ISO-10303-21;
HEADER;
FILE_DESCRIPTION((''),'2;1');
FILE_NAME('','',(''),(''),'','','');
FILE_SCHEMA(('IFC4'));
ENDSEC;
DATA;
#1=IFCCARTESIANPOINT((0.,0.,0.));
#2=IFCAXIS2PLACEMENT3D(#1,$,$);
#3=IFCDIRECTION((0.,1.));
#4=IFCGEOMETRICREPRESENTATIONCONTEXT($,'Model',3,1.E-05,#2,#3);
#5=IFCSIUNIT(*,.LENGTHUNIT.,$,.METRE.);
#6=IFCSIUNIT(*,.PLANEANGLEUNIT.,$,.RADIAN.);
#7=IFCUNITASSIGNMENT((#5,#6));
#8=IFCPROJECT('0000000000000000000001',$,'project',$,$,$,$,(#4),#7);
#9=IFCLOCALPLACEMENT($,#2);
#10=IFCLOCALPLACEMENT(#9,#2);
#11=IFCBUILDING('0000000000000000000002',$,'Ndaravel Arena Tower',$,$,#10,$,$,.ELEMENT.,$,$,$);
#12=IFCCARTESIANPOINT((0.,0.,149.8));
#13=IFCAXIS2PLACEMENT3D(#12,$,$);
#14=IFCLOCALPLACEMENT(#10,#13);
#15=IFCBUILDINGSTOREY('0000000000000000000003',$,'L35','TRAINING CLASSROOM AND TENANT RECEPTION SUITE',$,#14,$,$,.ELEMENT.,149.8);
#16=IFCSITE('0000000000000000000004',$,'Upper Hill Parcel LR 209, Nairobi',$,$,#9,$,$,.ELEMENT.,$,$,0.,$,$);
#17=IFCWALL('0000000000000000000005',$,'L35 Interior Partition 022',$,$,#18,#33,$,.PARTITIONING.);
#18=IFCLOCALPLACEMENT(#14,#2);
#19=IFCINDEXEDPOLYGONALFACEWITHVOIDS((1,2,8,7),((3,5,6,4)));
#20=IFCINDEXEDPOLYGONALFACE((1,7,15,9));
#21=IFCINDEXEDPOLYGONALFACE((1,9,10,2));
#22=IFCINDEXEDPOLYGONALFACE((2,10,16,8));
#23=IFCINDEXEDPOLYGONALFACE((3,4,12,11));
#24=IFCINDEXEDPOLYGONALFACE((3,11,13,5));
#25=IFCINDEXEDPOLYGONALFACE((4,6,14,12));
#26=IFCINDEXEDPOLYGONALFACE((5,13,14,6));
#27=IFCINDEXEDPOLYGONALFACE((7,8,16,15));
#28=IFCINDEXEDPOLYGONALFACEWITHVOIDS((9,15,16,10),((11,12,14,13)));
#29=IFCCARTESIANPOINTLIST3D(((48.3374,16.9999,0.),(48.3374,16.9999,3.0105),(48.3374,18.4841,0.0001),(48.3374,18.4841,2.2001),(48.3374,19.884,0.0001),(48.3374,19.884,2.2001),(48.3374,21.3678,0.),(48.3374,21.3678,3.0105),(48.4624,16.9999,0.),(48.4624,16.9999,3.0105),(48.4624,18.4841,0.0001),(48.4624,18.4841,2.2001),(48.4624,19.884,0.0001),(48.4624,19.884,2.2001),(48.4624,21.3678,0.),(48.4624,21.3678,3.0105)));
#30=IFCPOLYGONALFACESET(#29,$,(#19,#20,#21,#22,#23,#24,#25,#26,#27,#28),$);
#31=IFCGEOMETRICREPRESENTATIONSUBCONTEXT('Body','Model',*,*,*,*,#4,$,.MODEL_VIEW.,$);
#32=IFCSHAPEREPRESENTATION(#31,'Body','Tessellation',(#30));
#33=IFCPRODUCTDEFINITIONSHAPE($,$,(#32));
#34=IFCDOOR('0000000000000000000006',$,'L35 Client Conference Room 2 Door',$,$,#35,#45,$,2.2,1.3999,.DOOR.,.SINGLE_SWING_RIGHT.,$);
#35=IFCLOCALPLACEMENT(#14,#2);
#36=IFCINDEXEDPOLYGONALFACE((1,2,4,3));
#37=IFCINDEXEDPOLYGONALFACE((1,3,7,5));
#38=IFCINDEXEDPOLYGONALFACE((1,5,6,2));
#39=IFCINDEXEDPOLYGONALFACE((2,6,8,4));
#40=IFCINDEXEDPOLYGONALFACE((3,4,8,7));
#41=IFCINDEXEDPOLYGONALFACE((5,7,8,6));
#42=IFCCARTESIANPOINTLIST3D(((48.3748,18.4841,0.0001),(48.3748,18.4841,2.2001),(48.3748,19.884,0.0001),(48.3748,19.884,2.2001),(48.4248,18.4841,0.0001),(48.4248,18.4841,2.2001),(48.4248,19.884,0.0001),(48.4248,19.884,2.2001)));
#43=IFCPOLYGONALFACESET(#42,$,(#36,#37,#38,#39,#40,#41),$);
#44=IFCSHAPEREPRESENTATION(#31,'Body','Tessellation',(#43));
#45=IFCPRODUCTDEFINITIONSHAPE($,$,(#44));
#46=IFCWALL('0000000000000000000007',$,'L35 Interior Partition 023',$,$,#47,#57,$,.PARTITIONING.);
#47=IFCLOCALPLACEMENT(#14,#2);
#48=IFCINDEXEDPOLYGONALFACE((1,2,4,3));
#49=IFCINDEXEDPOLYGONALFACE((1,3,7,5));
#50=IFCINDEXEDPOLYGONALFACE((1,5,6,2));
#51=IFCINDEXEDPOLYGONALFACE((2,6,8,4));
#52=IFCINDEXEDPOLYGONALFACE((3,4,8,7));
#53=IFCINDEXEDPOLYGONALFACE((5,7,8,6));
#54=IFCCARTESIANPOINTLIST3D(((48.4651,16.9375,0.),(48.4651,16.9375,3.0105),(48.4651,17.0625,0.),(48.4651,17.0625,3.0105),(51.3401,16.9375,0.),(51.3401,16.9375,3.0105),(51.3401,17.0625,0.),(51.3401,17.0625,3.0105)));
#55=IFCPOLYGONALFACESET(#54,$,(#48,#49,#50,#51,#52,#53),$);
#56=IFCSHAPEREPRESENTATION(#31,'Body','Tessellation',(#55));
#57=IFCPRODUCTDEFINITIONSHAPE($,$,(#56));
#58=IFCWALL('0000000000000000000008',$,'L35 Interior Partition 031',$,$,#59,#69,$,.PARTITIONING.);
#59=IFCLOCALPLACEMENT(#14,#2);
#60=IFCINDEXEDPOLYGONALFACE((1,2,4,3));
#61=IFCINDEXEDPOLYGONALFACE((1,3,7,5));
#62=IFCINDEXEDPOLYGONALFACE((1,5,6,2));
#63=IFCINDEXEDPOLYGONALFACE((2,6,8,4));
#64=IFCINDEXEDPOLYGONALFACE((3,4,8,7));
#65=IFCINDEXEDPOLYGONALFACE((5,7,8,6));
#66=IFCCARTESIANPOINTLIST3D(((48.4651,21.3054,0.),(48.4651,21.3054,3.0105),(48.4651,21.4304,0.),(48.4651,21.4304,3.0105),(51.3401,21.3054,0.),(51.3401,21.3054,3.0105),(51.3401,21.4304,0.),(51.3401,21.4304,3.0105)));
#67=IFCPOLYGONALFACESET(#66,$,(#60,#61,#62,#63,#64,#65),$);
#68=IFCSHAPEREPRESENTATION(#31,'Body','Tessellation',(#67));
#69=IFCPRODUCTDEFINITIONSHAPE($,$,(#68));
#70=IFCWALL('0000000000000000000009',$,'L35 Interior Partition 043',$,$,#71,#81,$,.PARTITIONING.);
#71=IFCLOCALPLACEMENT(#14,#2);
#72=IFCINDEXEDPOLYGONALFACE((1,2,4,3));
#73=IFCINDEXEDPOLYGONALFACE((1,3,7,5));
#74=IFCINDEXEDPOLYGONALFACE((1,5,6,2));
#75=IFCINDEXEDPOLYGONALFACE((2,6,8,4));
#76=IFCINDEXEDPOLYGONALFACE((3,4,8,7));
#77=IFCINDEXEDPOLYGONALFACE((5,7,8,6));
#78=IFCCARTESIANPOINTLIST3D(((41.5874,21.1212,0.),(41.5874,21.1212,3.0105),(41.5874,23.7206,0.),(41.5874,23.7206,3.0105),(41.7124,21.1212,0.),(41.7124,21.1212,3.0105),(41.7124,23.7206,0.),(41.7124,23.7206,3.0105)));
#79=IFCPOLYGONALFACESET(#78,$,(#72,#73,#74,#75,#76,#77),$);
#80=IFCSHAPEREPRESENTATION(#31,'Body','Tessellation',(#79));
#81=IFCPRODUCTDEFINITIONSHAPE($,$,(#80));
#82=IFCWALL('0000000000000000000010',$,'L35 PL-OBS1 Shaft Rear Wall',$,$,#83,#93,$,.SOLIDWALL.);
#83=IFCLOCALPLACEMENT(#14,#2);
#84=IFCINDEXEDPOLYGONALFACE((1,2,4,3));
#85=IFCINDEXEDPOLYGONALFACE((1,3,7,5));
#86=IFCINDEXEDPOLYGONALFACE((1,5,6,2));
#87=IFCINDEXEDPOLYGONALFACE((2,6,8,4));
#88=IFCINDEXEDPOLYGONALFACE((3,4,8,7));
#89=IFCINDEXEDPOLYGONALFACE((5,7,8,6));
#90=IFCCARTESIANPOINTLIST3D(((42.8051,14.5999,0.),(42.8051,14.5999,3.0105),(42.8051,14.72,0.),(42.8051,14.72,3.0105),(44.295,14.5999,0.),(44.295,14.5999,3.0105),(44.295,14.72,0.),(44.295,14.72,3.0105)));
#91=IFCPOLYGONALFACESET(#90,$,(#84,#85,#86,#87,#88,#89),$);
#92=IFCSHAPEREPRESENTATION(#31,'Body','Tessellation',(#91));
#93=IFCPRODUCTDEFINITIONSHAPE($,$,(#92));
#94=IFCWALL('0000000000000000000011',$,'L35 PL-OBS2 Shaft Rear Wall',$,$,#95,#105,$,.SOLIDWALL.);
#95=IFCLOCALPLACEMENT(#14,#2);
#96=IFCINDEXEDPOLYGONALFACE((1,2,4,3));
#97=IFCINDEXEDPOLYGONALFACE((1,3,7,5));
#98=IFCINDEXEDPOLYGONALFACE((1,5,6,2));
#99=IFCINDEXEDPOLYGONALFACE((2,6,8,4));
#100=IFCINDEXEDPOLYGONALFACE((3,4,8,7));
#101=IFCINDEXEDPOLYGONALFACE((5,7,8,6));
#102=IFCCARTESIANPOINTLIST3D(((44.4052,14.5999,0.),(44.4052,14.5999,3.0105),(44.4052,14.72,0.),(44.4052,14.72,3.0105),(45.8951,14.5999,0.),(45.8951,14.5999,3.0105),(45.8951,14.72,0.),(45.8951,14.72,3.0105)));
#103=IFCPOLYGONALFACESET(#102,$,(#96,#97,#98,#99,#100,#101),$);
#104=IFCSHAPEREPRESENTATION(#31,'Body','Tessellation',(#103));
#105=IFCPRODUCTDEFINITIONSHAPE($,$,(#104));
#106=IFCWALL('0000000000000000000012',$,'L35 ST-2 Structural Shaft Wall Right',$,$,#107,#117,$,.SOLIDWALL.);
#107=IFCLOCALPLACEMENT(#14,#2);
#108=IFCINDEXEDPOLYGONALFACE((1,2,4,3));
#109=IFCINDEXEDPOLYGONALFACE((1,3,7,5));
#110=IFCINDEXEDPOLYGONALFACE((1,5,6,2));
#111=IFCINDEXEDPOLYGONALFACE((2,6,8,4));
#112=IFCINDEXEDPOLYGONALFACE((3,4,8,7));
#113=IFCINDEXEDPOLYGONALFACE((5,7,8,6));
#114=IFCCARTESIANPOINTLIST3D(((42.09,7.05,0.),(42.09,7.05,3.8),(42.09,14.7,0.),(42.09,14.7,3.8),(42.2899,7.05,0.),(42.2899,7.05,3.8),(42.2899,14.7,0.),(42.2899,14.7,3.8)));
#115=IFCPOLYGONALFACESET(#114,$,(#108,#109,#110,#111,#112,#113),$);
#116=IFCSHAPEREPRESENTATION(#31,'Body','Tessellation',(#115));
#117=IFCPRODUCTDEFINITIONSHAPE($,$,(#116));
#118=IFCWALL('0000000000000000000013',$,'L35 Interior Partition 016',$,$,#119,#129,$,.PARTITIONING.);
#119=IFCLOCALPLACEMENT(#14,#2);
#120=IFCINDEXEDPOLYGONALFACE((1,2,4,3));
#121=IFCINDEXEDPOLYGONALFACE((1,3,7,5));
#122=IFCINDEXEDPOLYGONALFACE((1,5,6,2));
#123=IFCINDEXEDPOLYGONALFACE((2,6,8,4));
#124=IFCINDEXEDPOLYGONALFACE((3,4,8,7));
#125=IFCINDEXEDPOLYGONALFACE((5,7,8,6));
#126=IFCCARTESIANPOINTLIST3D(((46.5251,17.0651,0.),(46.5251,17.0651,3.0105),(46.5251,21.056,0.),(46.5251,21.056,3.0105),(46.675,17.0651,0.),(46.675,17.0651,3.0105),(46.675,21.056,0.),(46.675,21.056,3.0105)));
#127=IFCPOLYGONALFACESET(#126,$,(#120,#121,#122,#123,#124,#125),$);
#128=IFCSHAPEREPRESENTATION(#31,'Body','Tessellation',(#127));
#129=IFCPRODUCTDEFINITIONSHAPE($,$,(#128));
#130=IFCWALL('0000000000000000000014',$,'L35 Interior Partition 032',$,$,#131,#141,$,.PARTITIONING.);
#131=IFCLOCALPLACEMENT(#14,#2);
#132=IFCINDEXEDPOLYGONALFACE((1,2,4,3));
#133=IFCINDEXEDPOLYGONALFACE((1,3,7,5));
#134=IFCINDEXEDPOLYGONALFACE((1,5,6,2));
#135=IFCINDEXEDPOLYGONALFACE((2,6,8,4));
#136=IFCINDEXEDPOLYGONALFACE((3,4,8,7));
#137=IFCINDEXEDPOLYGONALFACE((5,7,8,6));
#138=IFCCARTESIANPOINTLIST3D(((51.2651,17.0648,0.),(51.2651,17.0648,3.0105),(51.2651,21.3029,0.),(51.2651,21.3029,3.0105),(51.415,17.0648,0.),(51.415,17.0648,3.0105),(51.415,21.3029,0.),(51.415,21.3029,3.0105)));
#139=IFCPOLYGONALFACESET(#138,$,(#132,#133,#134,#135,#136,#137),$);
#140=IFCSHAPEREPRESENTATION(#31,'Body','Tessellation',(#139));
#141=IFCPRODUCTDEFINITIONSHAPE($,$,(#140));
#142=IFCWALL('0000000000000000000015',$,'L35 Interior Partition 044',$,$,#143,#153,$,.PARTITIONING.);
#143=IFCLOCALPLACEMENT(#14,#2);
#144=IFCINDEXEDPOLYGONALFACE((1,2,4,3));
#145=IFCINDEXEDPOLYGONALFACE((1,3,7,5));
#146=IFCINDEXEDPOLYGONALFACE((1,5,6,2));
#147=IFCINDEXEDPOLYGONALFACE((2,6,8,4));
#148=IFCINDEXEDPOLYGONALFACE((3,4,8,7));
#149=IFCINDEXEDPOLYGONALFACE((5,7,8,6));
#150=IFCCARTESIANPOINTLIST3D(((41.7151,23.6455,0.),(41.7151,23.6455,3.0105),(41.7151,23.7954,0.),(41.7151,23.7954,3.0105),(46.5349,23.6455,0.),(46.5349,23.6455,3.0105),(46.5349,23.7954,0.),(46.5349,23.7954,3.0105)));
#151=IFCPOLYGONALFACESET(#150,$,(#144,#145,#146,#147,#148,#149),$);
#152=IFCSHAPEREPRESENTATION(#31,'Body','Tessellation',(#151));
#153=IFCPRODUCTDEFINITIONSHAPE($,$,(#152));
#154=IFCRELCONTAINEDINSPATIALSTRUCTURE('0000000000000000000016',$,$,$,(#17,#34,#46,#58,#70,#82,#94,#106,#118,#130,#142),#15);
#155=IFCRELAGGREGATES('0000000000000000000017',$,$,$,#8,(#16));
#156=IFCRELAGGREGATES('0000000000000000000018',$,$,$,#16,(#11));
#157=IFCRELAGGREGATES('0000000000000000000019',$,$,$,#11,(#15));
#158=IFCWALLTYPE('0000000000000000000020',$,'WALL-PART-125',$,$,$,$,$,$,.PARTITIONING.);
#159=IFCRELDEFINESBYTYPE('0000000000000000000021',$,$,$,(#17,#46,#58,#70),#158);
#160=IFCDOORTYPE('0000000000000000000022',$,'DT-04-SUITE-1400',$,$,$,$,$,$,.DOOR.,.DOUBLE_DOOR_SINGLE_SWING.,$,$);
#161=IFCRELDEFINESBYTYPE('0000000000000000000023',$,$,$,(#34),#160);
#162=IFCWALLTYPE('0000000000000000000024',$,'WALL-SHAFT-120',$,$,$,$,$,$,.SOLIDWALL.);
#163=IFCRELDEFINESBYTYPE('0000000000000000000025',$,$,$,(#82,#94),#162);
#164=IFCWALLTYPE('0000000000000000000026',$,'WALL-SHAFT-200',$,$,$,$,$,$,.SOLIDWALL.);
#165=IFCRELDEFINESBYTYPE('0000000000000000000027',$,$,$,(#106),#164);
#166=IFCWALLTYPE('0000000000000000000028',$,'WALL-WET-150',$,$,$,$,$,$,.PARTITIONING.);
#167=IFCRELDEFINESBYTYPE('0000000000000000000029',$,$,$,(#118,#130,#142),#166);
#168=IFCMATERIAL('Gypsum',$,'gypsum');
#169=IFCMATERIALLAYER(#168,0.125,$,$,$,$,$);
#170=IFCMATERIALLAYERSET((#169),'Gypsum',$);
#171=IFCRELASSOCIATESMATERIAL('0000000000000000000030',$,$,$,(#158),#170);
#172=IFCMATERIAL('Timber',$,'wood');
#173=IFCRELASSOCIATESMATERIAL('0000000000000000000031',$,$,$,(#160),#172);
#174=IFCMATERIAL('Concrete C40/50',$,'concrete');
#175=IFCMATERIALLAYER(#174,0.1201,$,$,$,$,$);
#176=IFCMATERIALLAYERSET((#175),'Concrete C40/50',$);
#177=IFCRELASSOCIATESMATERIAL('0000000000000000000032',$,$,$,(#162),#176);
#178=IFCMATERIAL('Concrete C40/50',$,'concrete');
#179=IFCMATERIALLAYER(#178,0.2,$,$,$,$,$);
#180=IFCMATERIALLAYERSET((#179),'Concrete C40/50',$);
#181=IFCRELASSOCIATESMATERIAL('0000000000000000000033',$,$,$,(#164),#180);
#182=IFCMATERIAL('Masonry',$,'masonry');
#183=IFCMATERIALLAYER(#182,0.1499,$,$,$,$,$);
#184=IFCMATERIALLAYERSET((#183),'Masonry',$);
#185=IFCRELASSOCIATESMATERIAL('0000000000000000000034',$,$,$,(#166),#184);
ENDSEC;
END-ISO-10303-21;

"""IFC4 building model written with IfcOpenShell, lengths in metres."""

from ifc_helpers import new_model, si_unit, direction, frame, frame_2d, origin, place, context, subcontext, project, spatial, rectangle, extrude, material, layer, layer_set, type_object, element, fill, save


model = new_model("IFC4")

# Units and contexts
model_context = context("Model", 3, precision=1e-05, world=origin(), true_north=direction((0.0, 1.0)))
body_context = subcontext(model_context, "Body", "Model", "MODEL_VIEW")
ifc_project = project(units=[si_unit("LENGTHUNIT", "METRE"), si_unit("PLANEANGLEUNIT", "RADIAN")], contexts=[model_context])

# Site, building, storey
site_placement = place(None, origin())
site = spatial("IfcSite", under=ifc_project, at=site_placement, Name="Upper Hill Parcel LR 209, Nairobi", CompositionType="ELEMENT", RefElevation=0.0)
building_placement = place(site_placement, origin())
building = spatial("IfcBuilding", under=site, at=building_placement, Name="Ndaravel Arena Tower", CompositionType="ELEMENT")
storey_placement = place(building_placement, frame((0.0, 0.0, 149.8)))
storey = spatial("IfcBuildingStorey", under=building, at=storey_placement, Name="L35", Description="TRAINING CLASSROOM AND TENANT RECEPTION SUITE", CompositionType="ELEMENT", Elevation=149.8)

# Wall, opening, door
ifc_material_1 = material(Name="Gypsum", Category="gypsum")
ifc_layer_1 = layer(ifc_material_1, 0.125)
ifc_layer_set_1 = layer_set([ifc_layer_1], Name="Gypsum")
wall_type_1 = type_object("IfcWallType", Name="WALL-PART-125", PredefinedType="PARTITIONING", material=ifc_layer_set_1)
wall_1_placement = place(storey_placement, frame((48.3999, 21.3679, 0.0), z_axis=(0.0, 0.0, 1.0), x_axis=(0.0, -1.0, 0.0)))
wall_1 = element("IfcWall", 1, at=wall_1_placement, inside=storey, type_object=wall_type_1, Name="L35 Interior Partition 022", PredefinedType="PARTITIONING", context=body_context, shape_type="SweptSolid", body=[
    extrude(rectangle(XDim=4.3679, YDim=0.125, at=frame_2d((2.1841, 0.0))), origin(), (0.0, 0.0, 1.0), 3.0105),
])
opening_1_placement = place(wall_1_placement, frame((1.4839, 0.0, 0.0)))
opening_1 = element("IfcOpeningElement", 2, at=opening_1_placement, cuts=wall_1, PredefinedType="OPENING", context=body_context, shape_type="SweptSolid", body=[
    extrude(rectangle(XDim=1.3999, YDim=2.2, at=frame_2d((0.7, 1.1001))), frame((0.0, 0.0625, 0.0), z_axis=(0.0, -1.0, 0.0), x_axis=(1.0, 0.0, 0.0)), (0.0, 0.0, 1.0), 0.125),
])
ifc_material_2 = material(Name="Timber", Category="wood")
door_type_1 = type_object("IfcDoorType", Name="DT-04-SUITE-1400", OperationType="DOUBLE_DOOR_SINGLE_SWING", PredefinedType="DOOR", material=ifc_material_2)
door_1_placement = place(opening_1_placement, origin())
door_1 = element("IfcDoor", 3, at=door_1_placement, inside=storey, type_object=door_type_1, Name="L35 Client Conference Room 2 Door", OperationType="SINGLE_SWING_RIGHT", OverallHeight=2.2, OverallWidth=1.3999, PredefinedType="DOOR", context=body_context, shape_type="SweptSolid", body=[
    extrude(rectangle(XDim=1.3999, YDim=2.2, at=frame_2d((0.7, 1.1001))), frame((0.0, 0.0249, 0.0), z_axis=(0.0, -1.0, 0.0), x_axis=(1.0, 0.0, 0.0)), (0.0, 0.0, 1.0), 0.05),
])
fill(opening_1, door_1)

# Walls
for number, where, z_axis, x_axis, name in (
    (4, (48.4651, 17.0, 0.0), (0.0, 0.0, 1.0), (1.0, 0.0, 0.0), "L35 Interior Partition 023"),
    (5, (48.4651, 21.3679, 0.0), (0.0, 0.0, 1.0), (1.0, 0.0, 0.0), "L35 Interior Partition 031"),
):
    element("IfcWall", number, at=place(storey_placement, frame(where, z_axis=z_axis, x_axis=x_axis)), inside=storey, type_object=wall_type_1, Name=name, PredefinedType="PARTITIONING", context=body_context, shape_type="SweptSolid", body=[
        extrude(rectangle(XDim=2.875, YDim=0.125, at=frame_2d((1.4375, 0.0))), origin(), (0.0, 0.0, 1.0), 3.0105),
    ])
wall_2_placement = place(storey_placement, frame((41.6499, 21.1211, 0.0), z_axis=(0.0, 0.0, 1.0), x_axis=(0.0, 1.0, 0.0)))
element("IfcWall", 6, at=wall_2_placement, inside=storey, type_object=wall_type_1, Name="L35 Interior Partition 043", PredefinedType="PARTITIONING", context=body_context, shape_type="SweptSolid", body=[
    extrude(rectangle(XDim=2.5994, YDim=0.125, at=frame_2d((1.2998, 0.0))), origin(), (0.0, 0.0, 1.0), 3.0105),
])
ifc_material_3 = material(Name="Concrete C40/50", Category="concrete")
ifc_layer_2 = layer(ifc_material_3, 0.1201)
ifc_layer_set_2 = layer_set([ifc_layer_2], Name="Concrete C40/50")
wall_type_2 = type_object("IfcWallType", Name="WALL-SHAFT-120", PredefinedType="SOLIDWALL", material=ifc_layer_set_2)
for number, where, z_axis, x_axis, name in (
    (7, (42.8049, 14.6599, 0.0), (0.0, 0.0, 1.0), (1.0, 0.0, 0.0), "L35 PL-OBS1 Shaft Rear Wall"),
    (8, (44.405, 14.6599, 0.0), (0.0, 0.0, 1.0), (1.0, 0.0, 0.0), "L35 PL-OBS2 Shaft Rear Wall"),
):
    element("IfcWall", number, at=place(storey_placement, frame(where, z_axis=z_axis, x_axis=x_axis)), inside=storey, type_object=wall_type_2, Name=name, PredefinedType="SOLIDWALL", context=body_context, shape_type="SweptSolid", body=[
        extrude(rectangle(XDim=1.49, YDim=0.1201, at=frame_2d((0.7451, 0.0))), origin(), (0.0, 0.0, 1.0), 3.0105),
    ])
ifc_material_4 = material(Name="Concrete C40/50", Category="concrete")
ifc_layer_3 = layer(ifc_material_4, 0.2)
ifc_layer_set_3 = layer_set([ifc_layer_3], Name="Concrete C40/50")
wall_type_3 = type_object("IfcWallType", Name="WALL-SHAFT-200", PredefinedType="SOLIDWALL", material=ifc_layer_set_3)
wall_3_placement = place(storey_placement, frame((42.1899, 14.7, 0.0), z_axis=(0.0, 0.0, 1.0), x_axis=(0.0, -1.0, 0.0)))
element("IfcWall", 9, at=wall_3_placement, inside=storey, type_object=wall_type_3, Name="L35 ST-2 Structural Shaft Wall Right", PredefinedType="SOLIDWALL", context=body_context, shape_type="SweptSolid", body=[
    extrude(rectangle(XDim=7.6499, YDim=0.2, at=frame_2d((3.825, 0.0))), origin(), (0.0, 0.0, 1.0), 3.8),
])
ifc_material_5 = material(Name="Masonry", Category="masonry")
ifc_layer_4 = layer(ifc_material_5, 0.1499)
ifc_layer_set_4 = layer_set([ifc_layer_4], Name="Masonry")
wall_type_4 = type_object("IfcWallType", Name="WALL-WET-150", PredefinedType="PARTITIONING", material=ifc_layer_set_4)
wall_4_placement = place(storey_placement, frame((46.6001, 17.0649, 0.0), z_axis=(0.0, 0.0, 1.0), x_axis=(0.0, 1.0, 0.0)))
element("IfcWall", 10, at=wall_4_placement, inside=storey, type_object=wall_type_4, Name="L35 Interior Partition 016", PredefinedType="PARTITIONING", context=body_context, shape_type="SweptSolid", body=[
    extrude(rectangle(XDim=3.991, YDim=0.1499, at=frame_2d((1.9956, 0.0))), origin(), (0.0, 0.0, 1.0), 3.0105),
])

# Walls
wall_5_placement = place(storey_placement, frame((51.3401, 21.303, 0.0), z_axis=(0.0, 0.0, 1.0), x_axis=(0.0, -1.0, 0.0)))
element("IfcWall", 11, at=wall_5_placement, inside=storey, type_object=wall_type_4, Name="L35 Interior Partition 032", PredefinedType="PARTITIONING", context=body_context, shape_type="SweptSolid", body=[
    extrude(rectangle(XDim=4.238, YDim=0.1499, at=frame_2d((2.1191, 0.0))), origin(), (0.0, 0.0, 1.0), 3.0105),
])
wall_6_placement = place(storey_placement, frame((41.7151, 23.7205, 0.0), z_axis=(0.0, 0.0, 1.0), x_axis=(1.0, 0.0, 0.0)))
element("IfcWall", 12, at=wall_6_placement, inside=storey, type_object=wall_type_4, Name="L35 Interior Partition 044", PredefinedType="PARTITIONING", context=body_context, shape_type="SweptSolid", body=[
    extrude(rectangle(XDim=4.8198, YDim=0.1499, at=frame_2d((2.4099, 0.0))), origin(), (0.0, 0.0, 1.0), 3.0105),
])

save(model, "model.ifc")
